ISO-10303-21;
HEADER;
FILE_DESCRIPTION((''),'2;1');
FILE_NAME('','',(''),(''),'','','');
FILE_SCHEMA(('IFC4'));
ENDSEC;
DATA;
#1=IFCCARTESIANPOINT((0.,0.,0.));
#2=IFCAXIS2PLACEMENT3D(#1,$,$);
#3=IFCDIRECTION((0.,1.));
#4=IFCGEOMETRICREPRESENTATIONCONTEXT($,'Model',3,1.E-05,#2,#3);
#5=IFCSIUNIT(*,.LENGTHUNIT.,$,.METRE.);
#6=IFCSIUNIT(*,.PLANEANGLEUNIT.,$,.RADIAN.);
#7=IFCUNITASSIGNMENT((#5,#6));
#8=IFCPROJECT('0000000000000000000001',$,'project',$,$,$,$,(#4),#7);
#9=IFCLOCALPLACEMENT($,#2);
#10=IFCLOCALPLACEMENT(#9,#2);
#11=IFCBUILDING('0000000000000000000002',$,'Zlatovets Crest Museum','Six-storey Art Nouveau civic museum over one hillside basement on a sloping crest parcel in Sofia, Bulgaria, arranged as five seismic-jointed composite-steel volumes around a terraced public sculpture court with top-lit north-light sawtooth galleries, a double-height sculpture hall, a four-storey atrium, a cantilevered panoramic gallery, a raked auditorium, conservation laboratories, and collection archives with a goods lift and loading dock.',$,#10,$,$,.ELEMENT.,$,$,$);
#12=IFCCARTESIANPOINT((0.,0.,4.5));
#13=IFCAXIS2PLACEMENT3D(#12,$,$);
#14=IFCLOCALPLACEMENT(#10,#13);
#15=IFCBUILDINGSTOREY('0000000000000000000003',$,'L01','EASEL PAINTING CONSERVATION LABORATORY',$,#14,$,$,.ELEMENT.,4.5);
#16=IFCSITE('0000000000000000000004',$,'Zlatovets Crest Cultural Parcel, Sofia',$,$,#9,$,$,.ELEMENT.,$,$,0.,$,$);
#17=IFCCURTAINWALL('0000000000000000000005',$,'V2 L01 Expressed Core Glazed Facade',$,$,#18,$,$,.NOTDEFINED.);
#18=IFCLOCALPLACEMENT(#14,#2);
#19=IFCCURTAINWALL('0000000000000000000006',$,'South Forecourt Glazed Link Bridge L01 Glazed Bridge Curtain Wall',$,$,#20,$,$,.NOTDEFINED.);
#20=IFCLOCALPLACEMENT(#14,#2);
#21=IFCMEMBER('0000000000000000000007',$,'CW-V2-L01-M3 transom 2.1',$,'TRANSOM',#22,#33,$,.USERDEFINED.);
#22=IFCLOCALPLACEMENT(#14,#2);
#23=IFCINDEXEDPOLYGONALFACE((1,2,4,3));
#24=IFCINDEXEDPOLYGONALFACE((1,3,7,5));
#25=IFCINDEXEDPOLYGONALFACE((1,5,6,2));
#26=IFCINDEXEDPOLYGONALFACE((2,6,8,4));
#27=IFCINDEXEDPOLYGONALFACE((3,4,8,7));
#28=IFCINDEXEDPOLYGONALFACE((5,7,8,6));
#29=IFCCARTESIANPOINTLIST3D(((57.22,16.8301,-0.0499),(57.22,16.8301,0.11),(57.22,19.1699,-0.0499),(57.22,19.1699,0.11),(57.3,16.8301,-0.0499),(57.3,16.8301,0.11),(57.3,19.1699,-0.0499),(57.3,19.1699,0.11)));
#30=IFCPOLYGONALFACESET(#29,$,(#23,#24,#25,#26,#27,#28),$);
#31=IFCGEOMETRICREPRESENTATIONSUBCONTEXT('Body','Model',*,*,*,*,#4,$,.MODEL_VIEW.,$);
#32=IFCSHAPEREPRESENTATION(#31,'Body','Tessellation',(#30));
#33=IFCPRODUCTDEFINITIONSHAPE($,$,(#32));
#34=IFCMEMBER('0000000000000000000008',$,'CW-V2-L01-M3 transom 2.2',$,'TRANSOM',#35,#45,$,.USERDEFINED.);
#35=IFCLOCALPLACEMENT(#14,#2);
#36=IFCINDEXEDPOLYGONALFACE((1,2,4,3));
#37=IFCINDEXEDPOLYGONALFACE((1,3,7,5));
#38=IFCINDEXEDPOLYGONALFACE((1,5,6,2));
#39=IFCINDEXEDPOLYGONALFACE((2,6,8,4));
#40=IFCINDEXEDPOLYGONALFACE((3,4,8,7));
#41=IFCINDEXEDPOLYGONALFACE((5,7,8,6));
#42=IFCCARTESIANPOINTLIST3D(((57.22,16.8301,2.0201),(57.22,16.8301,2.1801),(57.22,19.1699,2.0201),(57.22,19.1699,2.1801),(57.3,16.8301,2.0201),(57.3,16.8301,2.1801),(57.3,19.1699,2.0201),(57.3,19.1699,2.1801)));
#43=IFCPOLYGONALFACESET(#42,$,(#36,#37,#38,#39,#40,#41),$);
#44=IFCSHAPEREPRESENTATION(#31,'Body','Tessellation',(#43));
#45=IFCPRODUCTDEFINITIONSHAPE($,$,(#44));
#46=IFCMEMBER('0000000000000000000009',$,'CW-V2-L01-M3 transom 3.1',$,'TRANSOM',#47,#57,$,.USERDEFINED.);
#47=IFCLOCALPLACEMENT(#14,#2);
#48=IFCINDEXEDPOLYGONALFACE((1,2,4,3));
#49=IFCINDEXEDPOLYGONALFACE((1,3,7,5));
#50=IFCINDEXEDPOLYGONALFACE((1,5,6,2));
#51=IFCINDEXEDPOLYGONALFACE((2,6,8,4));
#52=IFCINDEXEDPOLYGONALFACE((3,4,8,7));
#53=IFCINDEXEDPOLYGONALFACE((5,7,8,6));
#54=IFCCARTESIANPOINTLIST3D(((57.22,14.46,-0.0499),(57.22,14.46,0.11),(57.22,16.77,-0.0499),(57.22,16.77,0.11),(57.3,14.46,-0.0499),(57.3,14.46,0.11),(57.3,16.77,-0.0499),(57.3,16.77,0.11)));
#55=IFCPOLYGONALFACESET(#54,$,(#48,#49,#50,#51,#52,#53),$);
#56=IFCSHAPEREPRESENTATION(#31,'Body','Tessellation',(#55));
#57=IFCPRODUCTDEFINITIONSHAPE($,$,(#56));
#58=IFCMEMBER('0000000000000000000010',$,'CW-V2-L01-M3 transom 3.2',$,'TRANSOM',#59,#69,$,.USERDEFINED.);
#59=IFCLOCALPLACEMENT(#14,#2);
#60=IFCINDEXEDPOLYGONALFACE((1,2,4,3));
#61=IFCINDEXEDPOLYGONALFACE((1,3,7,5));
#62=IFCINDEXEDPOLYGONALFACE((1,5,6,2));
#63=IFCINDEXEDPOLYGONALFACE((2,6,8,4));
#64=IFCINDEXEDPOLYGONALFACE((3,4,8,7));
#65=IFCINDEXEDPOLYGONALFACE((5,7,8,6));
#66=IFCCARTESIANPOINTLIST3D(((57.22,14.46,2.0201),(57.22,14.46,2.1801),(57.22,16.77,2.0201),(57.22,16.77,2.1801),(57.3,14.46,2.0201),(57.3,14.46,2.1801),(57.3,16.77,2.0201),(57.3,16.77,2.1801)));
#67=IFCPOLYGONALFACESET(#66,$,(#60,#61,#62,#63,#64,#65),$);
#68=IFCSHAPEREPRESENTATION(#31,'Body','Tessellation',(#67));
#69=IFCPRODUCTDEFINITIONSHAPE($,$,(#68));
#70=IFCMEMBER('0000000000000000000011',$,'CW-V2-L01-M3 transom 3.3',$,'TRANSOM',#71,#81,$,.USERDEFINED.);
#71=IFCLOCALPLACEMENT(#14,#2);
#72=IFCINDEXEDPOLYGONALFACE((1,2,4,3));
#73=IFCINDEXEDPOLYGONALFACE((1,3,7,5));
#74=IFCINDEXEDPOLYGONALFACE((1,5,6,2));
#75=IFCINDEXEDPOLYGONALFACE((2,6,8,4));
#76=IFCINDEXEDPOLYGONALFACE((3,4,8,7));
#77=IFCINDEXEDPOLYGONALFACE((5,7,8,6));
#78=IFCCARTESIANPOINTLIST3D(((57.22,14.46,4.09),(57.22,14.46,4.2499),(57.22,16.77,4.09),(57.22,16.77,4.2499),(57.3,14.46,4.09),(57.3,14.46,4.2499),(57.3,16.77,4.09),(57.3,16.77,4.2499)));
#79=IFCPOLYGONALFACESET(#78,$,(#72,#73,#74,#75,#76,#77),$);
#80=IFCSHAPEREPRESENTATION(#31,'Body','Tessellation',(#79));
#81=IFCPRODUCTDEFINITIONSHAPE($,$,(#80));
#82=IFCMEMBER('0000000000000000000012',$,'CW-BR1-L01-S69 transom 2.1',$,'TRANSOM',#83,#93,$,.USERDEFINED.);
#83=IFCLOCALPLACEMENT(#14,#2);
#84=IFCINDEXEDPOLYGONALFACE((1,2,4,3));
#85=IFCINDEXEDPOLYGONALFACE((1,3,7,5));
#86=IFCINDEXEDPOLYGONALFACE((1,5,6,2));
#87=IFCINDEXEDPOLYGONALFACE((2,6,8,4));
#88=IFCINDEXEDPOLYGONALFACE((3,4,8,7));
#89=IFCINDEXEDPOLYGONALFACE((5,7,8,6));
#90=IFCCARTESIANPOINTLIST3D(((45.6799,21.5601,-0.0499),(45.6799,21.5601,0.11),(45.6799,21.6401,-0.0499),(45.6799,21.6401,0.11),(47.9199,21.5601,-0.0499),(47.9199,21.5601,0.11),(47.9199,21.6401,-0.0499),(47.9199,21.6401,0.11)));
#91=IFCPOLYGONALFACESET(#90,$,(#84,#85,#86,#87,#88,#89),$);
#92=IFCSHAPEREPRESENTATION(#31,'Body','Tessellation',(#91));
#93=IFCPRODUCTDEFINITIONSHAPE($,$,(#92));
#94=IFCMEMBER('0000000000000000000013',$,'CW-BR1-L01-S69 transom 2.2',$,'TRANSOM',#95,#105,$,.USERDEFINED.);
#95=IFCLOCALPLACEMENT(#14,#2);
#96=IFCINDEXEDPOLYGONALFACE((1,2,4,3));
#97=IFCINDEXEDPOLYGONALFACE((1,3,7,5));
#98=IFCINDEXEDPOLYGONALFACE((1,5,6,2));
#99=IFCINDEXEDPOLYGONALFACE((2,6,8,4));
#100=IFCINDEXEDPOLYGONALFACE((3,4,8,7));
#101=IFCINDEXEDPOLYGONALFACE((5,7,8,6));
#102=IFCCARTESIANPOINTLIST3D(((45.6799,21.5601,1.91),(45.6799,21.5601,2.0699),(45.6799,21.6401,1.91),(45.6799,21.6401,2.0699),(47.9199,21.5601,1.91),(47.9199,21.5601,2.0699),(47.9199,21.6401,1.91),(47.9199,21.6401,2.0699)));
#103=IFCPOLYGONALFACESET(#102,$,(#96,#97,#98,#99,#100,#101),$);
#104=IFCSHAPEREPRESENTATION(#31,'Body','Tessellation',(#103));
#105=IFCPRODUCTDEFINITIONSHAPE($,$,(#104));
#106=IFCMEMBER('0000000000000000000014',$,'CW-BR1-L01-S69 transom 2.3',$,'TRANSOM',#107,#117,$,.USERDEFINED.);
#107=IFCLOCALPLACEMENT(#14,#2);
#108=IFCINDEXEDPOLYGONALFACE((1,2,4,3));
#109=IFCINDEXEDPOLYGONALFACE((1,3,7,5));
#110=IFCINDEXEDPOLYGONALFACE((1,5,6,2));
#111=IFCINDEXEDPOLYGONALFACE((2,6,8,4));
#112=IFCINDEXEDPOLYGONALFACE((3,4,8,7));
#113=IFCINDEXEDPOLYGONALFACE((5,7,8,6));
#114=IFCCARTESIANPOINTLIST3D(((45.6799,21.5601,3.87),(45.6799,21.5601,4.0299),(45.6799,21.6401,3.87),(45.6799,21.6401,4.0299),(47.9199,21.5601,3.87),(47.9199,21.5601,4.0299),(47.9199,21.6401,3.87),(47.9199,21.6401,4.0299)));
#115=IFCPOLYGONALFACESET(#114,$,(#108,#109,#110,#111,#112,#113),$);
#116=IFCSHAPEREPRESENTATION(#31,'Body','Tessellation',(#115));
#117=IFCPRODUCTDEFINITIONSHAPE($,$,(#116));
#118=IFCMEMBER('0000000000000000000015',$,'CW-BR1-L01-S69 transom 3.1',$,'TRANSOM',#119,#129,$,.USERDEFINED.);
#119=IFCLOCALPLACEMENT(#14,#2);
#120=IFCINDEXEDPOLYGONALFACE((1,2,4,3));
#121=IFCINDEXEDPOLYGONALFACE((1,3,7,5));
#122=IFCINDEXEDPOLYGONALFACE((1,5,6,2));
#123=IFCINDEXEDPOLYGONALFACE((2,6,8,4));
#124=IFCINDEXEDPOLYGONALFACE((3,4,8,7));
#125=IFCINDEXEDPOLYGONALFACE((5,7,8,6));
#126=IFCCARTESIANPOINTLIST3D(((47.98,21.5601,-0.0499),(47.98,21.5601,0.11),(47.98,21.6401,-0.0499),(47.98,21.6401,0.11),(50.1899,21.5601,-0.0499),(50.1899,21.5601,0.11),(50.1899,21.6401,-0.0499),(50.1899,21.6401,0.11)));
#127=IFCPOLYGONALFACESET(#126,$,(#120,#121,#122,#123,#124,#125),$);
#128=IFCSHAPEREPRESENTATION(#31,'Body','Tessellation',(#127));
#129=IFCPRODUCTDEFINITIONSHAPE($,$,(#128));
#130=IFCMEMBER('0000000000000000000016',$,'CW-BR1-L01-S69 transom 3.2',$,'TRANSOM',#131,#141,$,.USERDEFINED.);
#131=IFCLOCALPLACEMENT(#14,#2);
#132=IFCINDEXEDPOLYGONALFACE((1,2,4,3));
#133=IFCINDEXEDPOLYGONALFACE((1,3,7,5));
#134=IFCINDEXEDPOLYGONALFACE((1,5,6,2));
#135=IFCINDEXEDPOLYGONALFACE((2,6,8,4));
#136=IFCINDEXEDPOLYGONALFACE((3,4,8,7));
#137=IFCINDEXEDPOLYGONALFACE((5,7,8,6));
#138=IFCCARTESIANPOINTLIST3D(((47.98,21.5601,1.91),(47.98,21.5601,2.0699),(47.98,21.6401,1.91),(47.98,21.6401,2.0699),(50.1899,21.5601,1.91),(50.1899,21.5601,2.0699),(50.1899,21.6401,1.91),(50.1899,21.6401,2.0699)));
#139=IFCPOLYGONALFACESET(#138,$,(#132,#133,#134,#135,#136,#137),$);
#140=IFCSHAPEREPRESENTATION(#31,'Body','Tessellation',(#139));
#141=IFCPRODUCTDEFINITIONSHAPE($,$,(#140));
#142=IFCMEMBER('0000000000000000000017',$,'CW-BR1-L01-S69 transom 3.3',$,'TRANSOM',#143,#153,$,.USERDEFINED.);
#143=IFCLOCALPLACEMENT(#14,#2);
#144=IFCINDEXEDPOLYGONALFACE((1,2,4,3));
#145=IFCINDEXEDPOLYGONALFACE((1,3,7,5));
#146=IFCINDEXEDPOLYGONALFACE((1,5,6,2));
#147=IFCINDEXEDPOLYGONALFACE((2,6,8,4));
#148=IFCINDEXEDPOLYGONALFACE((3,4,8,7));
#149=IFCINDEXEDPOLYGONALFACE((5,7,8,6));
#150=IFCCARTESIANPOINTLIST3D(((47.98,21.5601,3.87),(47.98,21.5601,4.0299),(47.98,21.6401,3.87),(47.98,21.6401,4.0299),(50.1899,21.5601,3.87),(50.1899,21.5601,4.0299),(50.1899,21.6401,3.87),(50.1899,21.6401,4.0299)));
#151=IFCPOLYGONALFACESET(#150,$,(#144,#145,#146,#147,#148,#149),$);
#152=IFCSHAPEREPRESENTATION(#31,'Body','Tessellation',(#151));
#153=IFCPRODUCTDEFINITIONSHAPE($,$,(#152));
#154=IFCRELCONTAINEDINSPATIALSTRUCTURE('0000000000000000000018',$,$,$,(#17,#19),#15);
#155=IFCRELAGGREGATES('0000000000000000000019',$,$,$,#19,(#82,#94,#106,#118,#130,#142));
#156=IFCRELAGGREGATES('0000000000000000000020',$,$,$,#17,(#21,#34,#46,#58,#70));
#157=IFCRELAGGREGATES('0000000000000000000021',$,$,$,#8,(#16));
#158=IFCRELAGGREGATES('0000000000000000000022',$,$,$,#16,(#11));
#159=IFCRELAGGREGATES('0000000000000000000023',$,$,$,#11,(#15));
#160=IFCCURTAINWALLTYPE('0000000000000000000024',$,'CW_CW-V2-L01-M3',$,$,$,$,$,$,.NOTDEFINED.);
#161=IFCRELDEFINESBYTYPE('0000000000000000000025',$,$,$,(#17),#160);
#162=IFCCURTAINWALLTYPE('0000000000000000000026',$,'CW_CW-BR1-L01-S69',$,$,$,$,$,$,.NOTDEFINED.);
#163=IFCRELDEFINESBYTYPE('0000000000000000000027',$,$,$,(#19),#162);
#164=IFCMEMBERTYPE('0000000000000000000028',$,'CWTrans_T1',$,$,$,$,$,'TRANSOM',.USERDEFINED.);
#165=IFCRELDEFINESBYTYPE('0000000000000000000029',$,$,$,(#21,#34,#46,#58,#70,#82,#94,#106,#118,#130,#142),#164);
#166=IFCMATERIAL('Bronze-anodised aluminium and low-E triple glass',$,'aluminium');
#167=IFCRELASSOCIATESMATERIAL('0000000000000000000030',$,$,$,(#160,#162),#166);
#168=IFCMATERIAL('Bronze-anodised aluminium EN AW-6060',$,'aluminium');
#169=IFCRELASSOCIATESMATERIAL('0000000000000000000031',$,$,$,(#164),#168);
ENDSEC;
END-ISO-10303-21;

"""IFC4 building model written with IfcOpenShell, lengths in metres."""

from ifc_helpers import new_model, si_unit, direction, frame, origin, origin_2d, place, context, subcontext, project, spatial, rectangle, extrude, material, material_profile, profile_set, type_object, element, aggregate, save


model = new_model("IFC4")

# Units and contexts
model_context = context("Model", 3, precision=1e-05, world=origin(), true_north=direction((0.0, 1.0)))
body_context = subcontext(model_context, "Body", "Model", "MODEL_VIEW")
ifc_project = project(units=[si_unit("LENGTHUNIT", "METRE"), si_unit("PLANEANGLEUNIT", "RADIAN")], contexts=[model_context])

# Site, building, storey
site_placement = place(None, origin())
site = spatial("IfcSite", under=ifc_project, at=site_placement, Name="Zlatovets Crest Cultural Parcel, Sofia", CompositionType="ELEMENT", RefElevation=0.0)
building_placement = place(site_placement, origin())
building = spatial("IfcBuilding", under=site, at=building_placement, Name="Zlatovets Crest Museum", Description="Six-storey Art Nouveau civic museum over one hillside basement on a sloping crest parcel in Sofia, Bulgaria, arranged as five seismic-jointed composite-steel volumes around a terraced public sculpture court with top-lit north-light sawtooth galleries, a double-height sculpture hall, a four-storey atrium, a cantilevered panoramic gallery, a raked auditorium, conservation laboratories, and collection archives with a goods lift and loading dock.", CompositionType="ELEMENT")
storey_placement = place(building_placement, frame((0.0, 0.0, 4.5)))
storey = spatial("IfcBuildingStorey", under=building, at=storey_placement, Name="L01", Description="EASEL PAINTING CONSERVATION LABORATORY", CompositionType="ELEMENT", Elevation=4.5)

# Curtain walls
ifc_material_1 = material(Name="Bronze-anodised aluminium and low-E triple glass", Category="aluminium")
curtain_wall_type_1 = type_object("IfcCurtainWallType", Name="CW_CW-V2-L01-M3", PredefinedType="NOTDEFINED", material=ifc_material_1)
curtain_wall_1_placement = place(storey_placement, origin())
curtain_wall_1 = element("IfcCurtainWall", 1, at=curtain_wall_1_placement, inside=storey, type_object=curtain_wall_type_1, Name="V2 L01 Expressed Core Glazed Facade", PredefinedType="NOTDEFINED")
ifc_material_2 = material(Name="Bronze-anodised aluminium EN AW-6060", Category="aluminium")
curtain_wall_type_2 = type_object("IfcCurtainWallType", Name="CW_CW-BR1-L01-S69", PredefinedType="NOTDEFINED", material=ifc_material_1)
curtain_wall_2_placement = place(storey_placement, origin())
curtain_wall_2 = element("IfcCurtainWall", 2, at=curtain_wall_2_placement, inside=storey, type_object=curtain_wall_type_2, Name="South Forecourt Glazed Link Bridge L01 Glazed Bridge Curtain Wall", PredefinedType="NOTDEFINED")

# Members
ifc_material_profile_1 = material_profile(ifc_material_2, rectangle(XDim=0.0801, YDim=0.1599, at=origin_2d()), Name="ALU 80x160")
ifc_profile_set_1 = profile_set([ifc_material_profile_1], Name="Bronze-anodised aluminium EN AW-6060")
member_type_1 = type_object("IfcMemberType", Name="CWTrans_T1", ElementType="TRANSOM", PredefinedType="USERDEFINED", material=ifc_profile_set_1)
member_1_placement = place(storey_placement, frame((57.26, 19.1699, 0.03), z_axis=(0.0, -1.0, 0.0), x_axis=(1.0, 0.0, 0.0)))
member_1 = element("IfcMember", 3, at=member_1_placement, type_object=member_type_1, Name="CW-V2-L01-M3 transom 2.1", ObjectType="TRANSOM", PredefinedType="USERDEFINED", context=body_context, shape_type="SweptSolid", body=[
    extrude(rectangle(XDim=0.0801, YDim=0.1599, at=origin_2d()), origin(), (0.0, 0.0, 1.0), 2.3398),
])
member_2_placement = place(storey_placement, frame((57.26, 19.1699, 2.1001), z_axis=(0.0, -1.0, 0.0), x_axis=(1.0, 0.0, 0.0)))
member_2 = element("IfcMember", 4, at=member_2_placement, type_object=member_type_1, Name="CW-V2-L01-M3 transom 2.2", ObjectType="TRANSOM", PredefinedType="USERDEFINED", context=body_context, shape_type="SweptSolid", body=[
    extrude(rectangle(XDim=0.0801, YDim=0.1599, at=origin_2d()), origin(), (0.0, 0.0, 1.0), 2.3398),
])
member_3_placement = place(storey_placement, frame((57.26, 16.77, 0.03), z_axis=(0.0, -1.0, 0.0), x_axis=(1.0, 0.0, 0.0)))
member_3 = element("IfcMember", 5, at=member_3_placement, type_object=member_type_1, Name="CW-V2-L01-M3 transom 3.1", ObjectType="TRANSOM", PredefinedType="USERDEFINED", context=body_context, shape_type="SweptSolid", body=[
    extrude(rectangle(XDim=0.0801, YDim=0.1599, at=origin_2d()), origin(), (0.0, 0.0, 1.0), 2.3101),
])
member_4_placement = place(storey_placement, frame((57.26, 16.77, 2.1001), z_axis=(0.0, -1.0, 0.0), x_axis=(1.0, 0.0, 0.0)))
member_4 = element("IfcMember", 6, at=member_4_placement, type_object=member_type_1, Name="CW-V2-L01-M3 transom 3.2", ObjectType="TRANSOM", PredefinedType="USERDEFINED", context=body_context, shape_type="SweptSolid", body=[
    extrude(rectangle(XDim=0.0801, YDim=0.1599, at=origin_2d()), origin(), (0.0, 0.0, 1.0), 2.3101),
])
member_5_placement = place(storey_placement, frame((57.26, 16.77, 4.1699), z_axis=(0.0, -1.0, 0.0), x_axis=(1.0, 0.0, 0.0)))
member_5 = element("IfcMember", 7, at=member_5_placement, type_object=member_type_1, Name="CW-V2-L01-M3 transom 3.3", ObjectType="TRANSOM", PredefinedType="USERDEFINED", context=body_context, shape_type="SweptSolid", body=[
    extrude(rectangle(XDim=0.0801, YDim=0.1599, at=origin_2d()), origin(), (0.0, 0.0, 1.0), 2.3101),
])
member_6_placement = place(storey_placement, frame((45.6799, 21.6001, 0.03), z_axis=(1.0, 0.0, 0.0), x_axis=(0.0, 1.0, 0.0)))
member_6 = element("IfcMember", 8, at=member_6_placement, type_object=member_type_1, Name="CW-BR1-L01-S69 transom 2.1", ObjectType="TRANSOM", PredefinedType="USERDEFINED", context=body_context, shape_type="SweptSolid", body=[
    extrude(rectangle(XDim=0.0801, YDim=0.1599, at=origin_2d()), origin(), (0.0, 0.0, 1.0), 2.24),
])
member_7_placement = place(storey_placement, frame((45.6799, 21.6001, 1.99), z_axis=(1.0, 0.0, 0.0), x_axis=(0.0, 1.0, 0.0)))
member_7 = element("IfcMember", 9, at=member_7_placement, type_object=member_type_1, Name="CW-BR1-L01-S69 transom 2.2", ObjectType="TRANSOM", PredefinedType="USERDEFINED", context=body_context, shape_type="SweptSolid", body=[
    extrude(rectangle(XDim=0.0801, YDim=0.1599, at=origin_2d()), origin(), (0.0, 0.0, 1.0), 2.24),
])
member_8_placement = place(storey_placement, frame((45.6799, 21.6001, 3.95), z_axis=(1.0, 0.0, 0.0), x_axis=(0.0, 1.0, 0.0)))
member_8 = element("IfcMember", 10, at=member_8_placement, type_object=member_type_1, Name="CW-BR1-L01-S69 transom 2.3", ObjectType="TRANSOM", PredefinedType="USERDEFINED", context=body_context, shape_type="SweptSolid", body=[
    extrude(rectangle(XDim=0.0801, YDim=0.1599, at=origin_2d()), origin(), (0.0, 0.0, 1.0), 2.24),
])
member_9_placement = place(storey_placement, frame((47.98, 21.6001, 0.03), z_axis=(1.0, 0.0, 0.0), x_axis=(0.0, 1.0, 0.0)))
member_9 = element("IfcMember", 11, at=member_9_placement, type_object=member_type_1, Name="CW-BR1-L01-S69 transom 3.1", ObjectType="TRANSOM", PredefinedType="USERDEFINED", context=body_context, shape_type="SweptSolid", body=[
    extrude(rectangle(XDim=0.0801, YDim=0.1599, at=origin_2d()), origin(), (0.0, 0.0, 1.0), 2.21),
])
member_10_placement = place(storey_placement, frame((47.98, 21.6001, 1.99), z_axis=(1.0, 0.0, 0.0), x_axis=(0.0, 1.0, 0.0)))
member_10 = element("IfcMember", 12, at=member_10_placement, type_object=member_type_1, Name="CW-BR1-L01-S69 transom 3.2", ObjectType="TRANSOM", PredefinedType="USERDEFINED", context=body_context, shape_type="SweptSolid", body=[
    extrude(rectangle(XDim=0.0801, YDim=0.1599, at=origin_2d()), origin(), (0.0, 0.0, 1.0), 2.21),
])
member_11_placement = place(storey_placement, frame((47.98, 21.6001, 3.95), z_axis=(1.0, 0.0, 0.0), x_axis=(0.0, 1.0, 0.0)))
member_11 = element("IfcMember", 13, at=member_11_placement, type_object=member_type_1, Name="CW-BR1-L01-S69 transom 3.3", ObjectType="TRANSOM", PredefinedType="USERDEFINED", context=body_context, shape_type="SweptSolid", body=[
    extrude(rectangle(XDim=0.0801, YDim=0.1599, at=origin_2d()), origin(), (0.0, 0.0, 1.0), 2.21),
])

aggregate(curtain_wall_2, [member_6, member_7, member_8, member_9, member_10, member_11])
aggregate(curtain_wall_1, [member_1, member_2, member_3, member_4, member_5])

save(model, "model.ifc")
